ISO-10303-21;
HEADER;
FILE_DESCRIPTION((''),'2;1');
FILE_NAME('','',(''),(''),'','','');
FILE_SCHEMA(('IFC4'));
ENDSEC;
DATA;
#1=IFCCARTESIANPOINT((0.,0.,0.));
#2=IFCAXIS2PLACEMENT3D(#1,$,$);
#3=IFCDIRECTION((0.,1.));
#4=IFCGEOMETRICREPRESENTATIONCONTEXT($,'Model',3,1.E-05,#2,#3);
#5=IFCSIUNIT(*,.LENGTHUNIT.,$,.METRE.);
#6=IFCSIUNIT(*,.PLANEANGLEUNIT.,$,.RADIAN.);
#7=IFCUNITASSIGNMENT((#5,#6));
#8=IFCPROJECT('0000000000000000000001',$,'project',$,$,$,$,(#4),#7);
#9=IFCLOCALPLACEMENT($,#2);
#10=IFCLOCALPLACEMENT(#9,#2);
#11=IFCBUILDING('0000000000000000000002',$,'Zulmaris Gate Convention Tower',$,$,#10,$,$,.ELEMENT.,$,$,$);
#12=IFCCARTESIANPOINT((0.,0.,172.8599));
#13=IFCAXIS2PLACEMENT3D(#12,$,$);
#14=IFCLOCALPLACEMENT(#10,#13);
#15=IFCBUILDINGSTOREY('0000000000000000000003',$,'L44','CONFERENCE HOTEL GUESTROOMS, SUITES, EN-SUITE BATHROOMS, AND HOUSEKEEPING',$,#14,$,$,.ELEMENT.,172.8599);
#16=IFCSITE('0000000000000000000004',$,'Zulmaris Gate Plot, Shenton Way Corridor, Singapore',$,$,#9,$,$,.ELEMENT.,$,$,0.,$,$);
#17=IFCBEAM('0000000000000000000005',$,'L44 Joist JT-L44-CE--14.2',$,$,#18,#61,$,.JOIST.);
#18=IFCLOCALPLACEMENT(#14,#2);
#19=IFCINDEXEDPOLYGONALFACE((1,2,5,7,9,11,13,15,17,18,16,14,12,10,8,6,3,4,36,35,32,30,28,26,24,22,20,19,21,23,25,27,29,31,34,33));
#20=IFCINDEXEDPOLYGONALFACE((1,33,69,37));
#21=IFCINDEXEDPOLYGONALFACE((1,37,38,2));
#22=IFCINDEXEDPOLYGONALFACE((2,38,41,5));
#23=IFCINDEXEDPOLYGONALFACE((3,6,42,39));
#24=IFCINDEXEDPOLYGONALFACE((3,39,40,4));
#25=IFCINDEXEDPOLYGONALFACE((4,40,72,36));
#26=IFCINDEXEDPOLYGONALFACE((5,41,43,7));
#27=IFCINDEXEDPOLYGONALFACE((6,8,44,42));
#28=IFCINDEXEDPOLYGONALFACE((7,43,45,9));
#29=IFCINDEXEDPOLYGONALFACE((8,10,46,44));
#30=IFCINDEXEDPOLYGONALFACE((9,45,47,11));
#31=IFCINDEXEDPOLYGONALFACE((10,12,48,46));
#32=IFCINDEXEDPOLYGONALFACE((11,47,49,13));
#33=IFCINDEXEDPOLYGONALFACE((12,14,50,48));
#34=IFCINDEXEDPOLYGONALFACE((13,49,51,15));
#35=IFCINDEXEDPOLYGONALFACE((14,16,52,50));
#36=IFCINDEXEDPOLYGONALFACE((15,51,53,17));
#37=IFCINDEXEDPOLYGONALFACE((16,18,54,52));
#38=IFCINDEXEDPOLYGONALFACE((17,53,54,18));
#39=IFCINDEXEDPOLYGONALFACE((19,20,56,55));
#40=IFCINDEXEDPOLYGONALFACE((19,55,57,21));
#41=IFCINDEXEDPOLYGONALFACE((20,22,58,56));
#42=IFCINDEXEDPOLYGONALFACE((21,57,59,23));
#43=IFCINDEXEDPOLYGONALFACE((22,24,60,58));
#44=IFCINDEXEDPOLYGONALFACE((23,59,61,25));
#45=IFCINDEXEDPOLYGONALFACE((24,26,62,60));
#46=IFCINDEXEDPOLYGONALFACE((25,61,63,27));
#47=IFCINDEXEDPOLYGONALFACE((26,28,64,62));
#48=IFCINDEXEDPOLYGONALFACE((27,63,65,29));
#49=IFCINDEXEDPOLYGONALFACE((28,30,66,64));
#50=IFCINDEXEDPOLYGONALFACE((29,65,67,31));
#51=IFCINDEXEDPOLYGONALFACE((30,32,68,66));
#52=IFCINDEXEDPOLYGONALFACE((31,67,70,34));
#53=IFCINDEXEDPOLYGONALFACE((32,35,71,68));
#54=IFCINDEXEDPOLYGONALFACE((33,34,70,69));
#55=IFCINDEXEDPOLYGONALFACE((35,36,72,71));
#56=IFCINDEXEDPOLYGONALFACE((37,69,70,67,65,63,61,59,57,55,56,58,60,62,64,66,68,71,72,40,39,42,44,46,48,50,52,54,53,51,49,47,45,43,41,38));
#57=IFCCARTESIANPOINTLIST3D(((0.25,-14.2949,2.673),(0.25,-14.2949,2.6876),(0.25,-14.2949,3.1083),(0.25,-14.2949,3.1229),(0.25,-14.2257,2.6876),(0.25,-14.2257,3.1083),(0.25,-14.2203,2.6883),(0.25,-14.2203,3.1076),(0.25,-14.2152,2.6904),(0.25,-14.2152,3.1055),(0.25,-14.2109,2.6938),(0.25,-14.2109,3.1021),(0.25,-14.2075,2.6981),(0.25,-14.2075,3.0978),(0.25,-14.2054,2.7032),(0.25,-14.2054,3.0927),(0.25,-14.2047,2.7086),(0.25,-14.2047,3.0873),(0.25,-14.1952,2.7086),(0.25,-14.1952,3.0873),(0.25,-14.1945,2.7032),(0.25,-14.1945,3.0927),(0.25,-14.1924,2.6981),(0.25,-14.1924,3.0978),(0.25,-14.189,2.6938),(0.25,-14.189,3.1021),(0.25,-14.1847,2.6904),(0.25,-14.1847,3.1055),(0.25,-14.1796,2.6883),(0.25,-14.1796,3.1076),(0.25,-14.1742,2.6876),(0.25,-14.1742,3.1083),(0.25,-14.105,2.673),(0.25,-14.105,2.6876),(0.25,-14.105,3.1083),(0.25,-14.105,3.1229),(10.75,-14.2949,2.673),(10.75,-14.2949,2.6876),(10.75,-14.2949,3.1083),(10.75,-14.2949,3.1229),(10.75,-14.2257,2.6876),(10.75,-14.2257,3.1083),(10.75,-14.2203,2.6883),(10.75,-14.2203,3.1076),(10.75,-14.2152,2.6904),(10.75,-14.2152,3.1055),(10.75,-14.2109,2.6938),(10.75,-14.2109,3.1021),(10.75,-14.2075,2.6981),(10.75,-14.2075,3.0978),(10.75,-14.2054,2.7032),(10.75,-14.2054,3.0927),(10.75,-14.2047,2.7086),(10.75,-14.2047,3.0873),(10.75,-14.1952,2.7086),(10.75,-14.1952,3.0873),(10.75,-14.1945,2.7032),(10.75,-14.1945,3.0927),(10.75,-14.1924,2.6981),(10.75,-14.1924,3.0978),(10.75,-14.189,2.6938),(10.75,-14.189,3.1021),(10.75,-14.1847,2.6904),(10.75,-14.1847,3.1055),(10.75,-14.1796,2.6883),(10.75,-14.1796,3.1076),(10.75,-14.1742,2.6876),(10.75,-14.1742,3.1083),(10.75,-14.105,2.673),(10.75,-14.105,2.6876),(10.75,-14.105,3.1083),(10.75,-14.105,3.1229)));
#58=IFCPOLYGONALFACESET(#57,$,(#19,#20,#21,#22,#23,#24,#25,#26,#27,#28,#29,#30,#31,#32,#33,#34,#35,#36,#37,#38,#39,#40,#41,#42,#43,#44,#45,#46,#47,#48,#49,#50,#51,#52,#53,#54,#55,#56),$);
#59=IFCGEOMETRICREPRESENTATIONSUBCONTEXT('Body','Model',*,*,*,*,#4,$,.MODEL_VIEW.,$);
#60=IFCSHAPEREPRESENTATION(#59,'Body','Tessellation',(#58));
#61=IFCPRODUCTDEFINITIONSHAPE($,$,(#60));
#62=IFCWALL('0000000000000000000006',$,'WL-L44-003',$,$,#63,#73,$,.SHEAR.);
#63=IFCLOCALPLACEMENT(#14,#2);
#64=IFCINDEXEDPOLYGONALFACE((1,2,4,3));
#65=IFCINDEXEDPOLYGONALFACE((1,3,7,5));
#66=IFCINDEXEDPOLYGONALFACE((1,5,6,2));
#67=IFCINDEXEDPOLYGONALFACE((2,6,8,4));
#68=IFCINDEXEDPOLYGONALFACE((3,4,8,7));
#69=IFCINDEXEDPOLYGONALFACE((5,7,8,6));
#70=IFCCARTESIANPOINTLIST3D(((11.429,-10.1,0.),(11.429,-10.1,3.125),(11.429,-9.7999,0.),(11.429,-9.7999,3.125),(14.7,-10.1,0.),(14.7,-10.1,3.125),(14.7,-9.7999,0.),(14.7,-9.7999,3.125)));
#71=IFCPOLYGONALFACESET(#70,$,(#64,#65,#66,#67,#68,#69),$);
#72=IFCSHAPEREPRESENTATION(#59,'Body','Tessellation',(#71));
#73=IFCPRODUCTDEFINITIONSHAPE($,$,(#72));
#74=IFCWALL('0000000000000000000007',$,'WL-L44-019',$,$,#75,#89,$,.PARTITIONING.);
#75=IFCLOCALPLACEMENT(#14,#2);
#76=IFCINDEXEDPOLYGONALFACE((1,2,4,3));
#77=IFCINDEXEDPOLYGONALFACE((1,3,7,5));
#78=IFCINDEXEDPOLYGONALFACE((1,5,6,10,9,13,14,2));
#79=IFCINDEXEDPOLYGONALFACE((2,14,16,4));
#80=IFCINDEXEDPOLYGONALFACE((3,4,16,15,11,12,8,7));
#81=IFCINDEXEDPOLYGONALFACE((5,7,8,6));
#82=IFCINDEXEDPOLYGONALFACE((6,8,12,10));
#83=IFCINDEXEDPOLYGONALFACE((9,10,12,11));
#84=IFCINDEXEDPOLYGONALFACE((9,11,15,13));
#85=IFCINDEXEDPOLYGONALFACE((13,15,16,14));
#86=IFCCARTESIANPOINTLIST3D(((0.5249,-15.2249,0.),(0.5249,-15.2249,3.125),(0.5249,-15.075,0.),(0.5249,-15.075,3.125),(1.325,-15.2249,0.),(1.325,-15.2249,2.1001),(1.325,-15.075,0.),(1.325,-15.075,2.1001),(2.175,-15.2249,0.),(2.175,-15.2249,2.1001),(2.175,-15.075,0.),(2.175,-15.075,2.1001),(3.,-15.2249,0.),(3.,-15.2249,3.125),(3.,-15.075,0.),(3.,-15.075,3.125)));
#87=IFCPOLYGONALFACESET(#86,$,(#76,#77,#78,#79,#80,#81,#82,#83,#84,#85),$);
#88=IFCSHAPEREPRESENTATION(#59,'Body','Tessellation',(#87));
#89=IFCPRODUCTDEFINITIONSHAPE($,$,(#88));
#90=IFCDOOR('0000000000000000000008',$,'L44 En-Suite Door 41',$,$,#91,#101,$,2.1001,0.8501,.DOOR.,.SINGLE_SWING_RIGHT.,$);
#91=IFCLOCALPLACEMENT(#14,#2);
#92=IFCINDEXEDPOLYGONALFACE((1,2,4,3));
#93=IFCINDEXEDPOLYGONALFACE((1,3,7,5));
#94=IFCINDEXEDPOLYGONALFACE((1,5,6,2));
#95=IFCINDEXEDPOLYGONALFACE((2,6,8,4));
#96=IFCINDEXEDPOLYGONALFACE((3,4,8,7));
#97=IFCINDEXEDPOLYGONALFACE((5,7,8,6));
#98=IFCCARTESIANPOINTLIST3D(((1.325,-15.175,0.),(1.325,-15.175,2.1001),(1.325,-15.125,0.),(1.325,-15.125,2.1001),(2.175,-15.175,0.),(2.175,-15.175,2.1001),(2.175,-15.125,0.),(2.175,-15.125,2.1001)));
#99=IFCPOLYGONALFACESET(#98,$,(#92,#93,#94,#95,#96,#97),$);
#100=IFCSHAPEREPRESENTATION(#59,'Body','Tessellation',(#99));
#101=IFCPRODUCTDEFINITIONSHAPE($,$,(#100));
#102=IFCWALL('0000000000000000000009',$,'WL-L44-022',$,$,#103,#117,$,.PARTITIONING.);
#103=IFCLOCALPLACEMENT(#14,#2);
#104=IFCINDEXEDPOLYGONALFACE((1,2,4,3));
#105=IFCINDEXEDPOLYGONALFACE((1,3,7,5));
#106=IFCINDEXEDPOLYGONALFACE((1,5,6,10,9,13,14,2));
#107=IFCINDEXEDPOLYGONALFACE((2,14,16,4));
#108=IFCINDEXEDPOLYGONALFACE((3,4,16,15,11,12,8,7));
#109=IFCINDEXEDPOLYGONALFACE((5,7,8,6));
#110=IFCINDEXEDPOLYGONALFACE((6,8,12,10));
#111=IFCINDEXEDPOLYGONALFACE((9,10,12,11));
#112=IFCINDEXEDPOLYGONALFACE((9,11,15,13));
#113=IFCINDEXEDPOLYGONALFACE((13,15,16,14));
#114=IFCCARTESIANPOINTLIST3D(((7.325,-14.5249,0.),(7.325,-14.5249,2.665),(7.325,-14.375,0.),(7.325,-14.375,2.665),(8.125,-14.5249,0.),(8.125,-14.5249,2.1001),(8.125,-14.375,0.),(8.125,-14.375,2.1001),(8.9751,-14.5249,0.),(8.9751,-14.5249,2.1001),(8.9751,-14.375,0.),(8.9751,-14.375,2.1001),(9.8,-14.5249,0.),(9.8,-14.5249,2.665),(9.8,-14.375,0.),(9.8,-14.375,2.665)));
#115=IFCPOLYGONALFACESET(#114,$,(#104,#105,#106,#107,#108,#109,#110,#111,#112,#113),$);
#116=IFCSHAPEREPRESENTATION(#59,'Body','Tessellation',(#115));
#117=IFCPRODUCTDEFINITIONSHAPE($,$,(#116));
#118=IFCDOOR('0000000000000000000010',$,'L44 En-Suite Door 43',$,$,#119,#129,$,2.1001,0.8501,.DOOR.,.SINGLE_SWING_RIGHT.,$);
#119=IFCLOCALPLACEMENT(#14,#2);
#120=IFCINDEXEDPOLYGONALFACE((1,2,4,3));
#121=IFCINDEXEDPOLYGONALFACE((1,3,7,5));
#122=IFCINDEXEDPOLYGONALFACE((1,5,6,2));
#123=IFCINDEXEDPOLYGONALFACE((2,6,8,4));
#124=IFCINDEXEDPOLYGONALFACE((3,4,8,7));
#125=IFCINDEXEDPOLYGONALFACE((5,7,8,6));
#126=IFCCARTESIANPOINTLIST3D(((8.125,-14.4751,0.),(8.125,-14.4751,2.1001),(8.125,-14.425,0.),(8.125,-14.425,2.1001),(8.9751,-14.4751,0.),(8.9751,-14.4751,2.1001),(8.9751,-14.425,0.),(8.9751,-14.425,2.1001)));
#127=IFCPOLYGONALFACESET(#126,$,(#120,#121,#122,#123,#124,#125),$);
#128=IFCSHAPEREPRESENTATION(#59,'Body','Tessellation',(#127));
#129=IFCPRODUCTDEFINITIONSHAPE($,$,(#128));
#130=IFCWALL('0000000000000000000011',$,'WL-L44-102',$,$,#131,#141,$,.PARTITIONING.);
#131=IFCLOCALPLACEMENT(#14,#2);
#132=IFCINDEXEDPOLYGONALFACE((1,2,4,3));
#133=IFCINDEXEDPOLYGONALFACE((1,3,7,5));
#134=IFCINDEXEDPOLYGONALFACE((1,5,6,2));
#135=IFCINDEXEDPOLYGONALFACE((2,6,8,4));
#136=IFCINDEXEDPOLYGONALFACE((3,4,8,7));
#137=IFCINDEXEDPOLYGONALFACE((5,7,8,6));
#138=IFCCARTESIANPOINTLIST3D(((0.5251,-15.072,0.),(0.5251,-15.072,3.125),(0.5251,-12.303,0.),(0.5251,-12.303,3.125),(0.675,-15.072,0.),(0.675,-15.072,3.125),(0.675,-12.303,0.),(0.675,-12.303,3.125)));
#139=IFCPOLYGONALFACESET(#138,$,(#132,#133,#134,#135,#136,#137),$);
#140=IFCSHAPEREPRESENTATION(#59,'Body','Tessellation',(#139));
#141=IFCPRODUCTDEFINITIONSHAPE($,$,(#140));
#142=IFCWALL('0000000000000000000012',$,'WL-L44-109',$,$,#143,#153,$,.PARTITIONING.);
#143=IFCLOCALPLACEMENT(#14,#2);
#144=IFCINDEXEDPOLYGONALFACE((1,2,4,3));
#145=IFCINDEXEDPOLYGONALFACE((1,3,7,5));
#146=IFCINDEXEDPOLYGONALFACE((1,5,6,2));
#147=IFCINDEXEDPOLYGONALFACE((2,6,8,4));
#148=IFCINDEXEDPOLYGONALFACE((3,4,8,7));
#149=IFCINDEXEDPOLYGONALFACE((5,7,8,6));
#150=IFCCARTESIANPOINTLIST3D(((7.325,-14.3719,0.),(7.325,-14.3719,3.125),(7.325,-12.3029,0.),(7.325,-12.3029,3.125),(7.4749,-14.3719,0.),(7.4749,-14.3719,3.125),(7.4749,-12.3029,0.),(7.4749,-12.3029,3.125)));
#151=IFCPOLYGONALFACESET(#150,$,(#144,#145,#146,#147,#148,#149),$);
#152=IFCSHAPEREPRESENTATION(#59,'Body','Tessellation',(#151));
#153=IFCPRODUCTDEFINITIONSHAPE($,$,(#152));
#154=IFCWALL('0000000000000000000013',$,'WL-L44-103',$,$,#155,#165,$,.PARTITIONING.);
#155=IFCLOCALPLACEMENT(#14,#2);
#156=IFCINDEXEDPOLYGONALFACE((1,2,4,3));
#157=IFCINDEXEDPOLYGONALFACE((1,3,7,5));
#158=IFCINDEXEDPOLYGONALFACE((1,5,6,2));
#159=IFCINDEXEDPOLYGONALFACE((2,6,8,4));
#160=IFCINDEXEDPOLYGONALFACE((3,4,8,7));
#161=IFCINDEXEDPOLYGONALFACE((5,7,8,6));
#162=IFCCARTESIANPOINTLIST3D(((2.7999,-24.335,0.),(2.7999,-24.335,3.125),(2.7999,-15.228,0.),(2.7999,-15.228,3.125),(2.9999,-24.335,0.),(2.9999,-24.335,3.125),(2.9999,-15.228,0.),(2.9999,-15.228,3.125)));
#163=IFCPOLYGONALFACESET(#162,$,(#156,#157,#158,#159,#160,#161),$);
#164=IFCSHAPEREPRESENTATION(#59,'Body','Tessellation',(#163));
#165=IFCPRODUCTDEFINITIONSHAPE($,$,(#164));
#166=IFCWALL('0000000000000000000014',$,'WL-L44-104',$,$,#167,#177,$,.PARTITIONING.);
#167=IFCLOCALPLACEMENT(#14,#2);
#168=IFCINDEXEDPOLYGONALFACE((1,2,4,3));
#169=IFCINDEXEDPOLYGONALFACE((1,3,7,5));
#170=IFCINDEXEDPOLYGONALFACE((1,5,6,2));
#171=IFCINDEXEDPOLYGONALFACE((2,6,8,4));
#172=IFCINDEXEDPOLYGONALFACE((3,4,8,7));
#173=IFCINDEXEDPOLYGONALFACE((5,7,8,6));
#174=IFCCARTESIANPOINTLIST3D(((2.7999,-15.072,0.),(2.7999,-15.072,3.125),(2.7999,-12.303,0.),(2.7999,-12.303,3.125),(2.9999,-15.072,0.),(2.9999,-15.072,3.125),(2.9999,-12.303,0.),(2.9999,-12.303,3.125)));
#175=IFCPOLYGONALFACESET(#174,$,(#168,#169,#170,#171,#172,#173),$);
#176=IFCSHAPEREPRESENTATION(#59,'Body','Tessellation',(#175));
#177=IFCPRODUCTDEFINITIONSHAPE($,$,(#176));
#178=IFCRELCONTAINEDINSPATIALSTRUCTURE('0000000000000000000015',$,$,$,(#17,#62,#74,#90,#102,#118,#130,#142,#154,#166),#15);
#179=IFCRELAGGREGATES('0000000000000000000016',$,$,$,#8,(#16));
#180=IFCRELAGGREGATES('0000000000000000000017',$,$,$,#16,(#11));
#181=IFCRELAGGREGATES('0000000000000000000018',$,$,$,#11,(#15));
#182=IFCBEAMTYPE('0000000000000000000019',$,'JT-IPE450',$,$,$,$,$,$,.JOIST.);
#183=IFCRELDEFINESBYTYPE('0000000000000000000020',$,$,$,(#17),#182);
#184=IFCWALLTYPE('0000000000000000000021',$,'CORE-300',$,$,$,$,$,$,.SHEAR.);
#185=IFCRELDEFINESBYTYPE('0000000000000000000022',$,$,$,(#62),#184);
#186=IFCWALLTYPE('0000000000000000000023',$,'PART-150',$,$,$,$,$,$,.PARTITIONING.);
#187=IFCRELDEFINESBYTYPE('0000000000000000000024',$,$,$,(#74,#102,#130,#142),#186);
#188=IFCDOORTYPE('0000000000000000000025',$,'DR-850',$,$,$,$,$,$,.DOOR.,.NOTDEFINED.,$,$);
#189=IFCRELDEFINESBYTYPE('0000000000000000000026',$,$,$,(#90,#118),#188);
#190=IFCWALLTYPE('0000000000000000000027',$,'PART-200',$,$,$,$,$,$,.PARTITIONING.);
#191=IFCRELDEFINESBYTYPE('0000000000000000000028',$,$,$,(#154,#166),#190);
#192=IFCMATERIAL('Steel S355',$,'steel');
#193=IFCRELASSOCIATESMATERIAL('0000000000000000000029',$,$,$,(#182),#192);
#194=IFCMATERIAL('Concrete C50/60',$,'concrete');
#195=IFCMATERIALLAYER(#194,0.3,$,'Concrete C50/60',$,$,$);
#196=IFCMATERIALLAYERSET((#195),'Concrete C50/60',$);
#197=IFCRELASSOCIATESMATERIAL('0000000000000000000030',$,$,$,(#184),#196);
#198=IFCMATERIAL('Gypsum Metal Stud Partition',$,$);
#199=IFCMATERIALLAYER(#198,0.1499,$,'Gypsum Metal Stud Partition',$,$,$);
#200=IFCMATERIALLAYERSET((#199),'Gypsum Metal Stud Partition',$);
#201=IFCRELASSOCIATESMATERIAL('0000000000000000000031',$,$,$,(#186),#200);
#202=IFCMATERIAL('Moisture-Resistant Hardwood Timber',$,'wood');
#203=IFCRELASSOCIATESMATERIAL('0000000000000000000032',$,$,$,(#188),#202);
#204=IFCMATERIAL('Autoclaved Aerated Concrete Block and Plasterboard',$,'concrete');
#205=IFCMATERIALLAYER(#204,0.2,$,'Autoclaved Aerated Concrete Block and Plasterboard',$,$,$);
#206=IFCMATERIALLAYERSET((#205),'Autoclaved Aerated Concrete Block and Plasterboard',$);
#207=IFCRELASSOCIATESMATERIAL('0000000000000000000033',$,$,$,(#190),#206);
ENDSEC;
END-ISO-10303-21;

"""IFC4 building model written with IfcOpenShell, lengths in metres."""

from ifc_helpers import new_model, si_unit, direction, frame, frame_2d, origin, origin_2d, place, context, subcontext, project, spatial, rectangle, i_section, extrude, material, layer, layer_set, material_profile, profile_set, type_object, element, fill, save


model = new_model("IFC4")

# Units and contexts
model_context = context("Model", 3, precision=1e-05, world=origin(), true_north=direction((0.0, 1.0)))
body_context = subcontext(model_context, "Body", "Model", "MODEL_VIEW")
ifc_project = project(units=[si_unit("LENGTHUNIT", "METRE"), si_unit("PLANEANGLEUNIT", "RADIAN")], contexts=[model_context])

# Site, building, storey
site_placement = place(None, origin())
site = spatial("IfcSite", under=ifc_project, at=site_placement, Name="Zulmaris Gate Plot, Shenton Way Corridor, Singapore", CompositionType="ELEMENT", RefElevation=0.0)
building_placement = place(site_placement, origin())
building = spatial("IfcBuilding", under=site, at=building_placement, Name="Zulmaris Gate Convention Tower", CompositionType="ELEMENT")
storey_placement = place(building_placement, frame((0.0, 0.0, 172.8599)))
storey = spatial("IfcBuildingStorey", under=building, at=storey_placement, Name="L44", Description="CONFERENCE HOTEL GUESTROOMS, SUITES, EN-SUITE BATHROOMS, AND HOUSEKEEPING", CompositionType="ELEMENT", Elevation=172.8599)

# Beam
ifc_material_1 = material(Name="Steel S355", Category="steel")
ifc_material_2 = material(Name="Concrete C50/60", Category="concrete")
ifc_material_profile_1 = material_profile(ifc_material_1, i_section(OverallWidth=0.1899, OverallDepth=0.45, WebThickness=0.0095, FlangeThickness=0.0146, FilletRadius=0.021, at=origin_2d()), Name="IPE 450")
ifc_profile_set_1 = profile_set([ifc_material_profile_1], Name="Steel S355")
beam_type_1 = type_object("IfcBeamType", Name="JT-IPE450", PredefinedType="JOIST", material=ifc_profile_set_1)
for number, where, z_axis, x_axis, name in (
    (1, (0.25, -14.2, 2.8979), (1.0, 0.0, 0.0), (0.0, 1.0, 0.0), "L44 Joist JT-L44-CE--14.2"),
):
    element("IfcBeam", number, at=place(storey_placement, frame(where, z_axis=z_axis, x_axis=x_axis)), inside=storey, type_object=beam_type_1, Name=name, PredefinedType="JOIST", context=body_context, shape_type="SweptSolid", body=[
        extrude(i_section(OverallWidth=0.1899, OverallDepth=0.45, WebThickness=0.0095, FlangeThickness=0.0146, FilletRadius=0.021, at=origin_2d()), origin(), (0.0, 0.0, 1.0), 10.5),
    ])

# Wall
ifc_layer_1 = layer(ifc_material_2, 0.3, Name="Concrete C50/60")
ifc_layer_set_1 = layer_set([ifc_layer_1], Name="Concrete C50/60")
wall_type_1 = type_object("IfcWallType", Name="CORE-300", PredefinedType="SHEAR", material=ifc_layer_set_1)
wall_1_placement = place(storey_placement, frame((11.429, -9.95, 0.0), z_axis=(0.0, 0.0, 1.0), x_axis=(1.0, 0.0, 0.0)))
element("IfcWall", 2, at=wall_1_placement, inside=storey, type_object=wall_type_1, Name="WL-L44-003", PredefinedType="SHEAR", context=body_context, shape_type="SweptSolid", body=[
    extrude(rectangle(XDim=3.271, YDim=0.3, at=frame_2d((1.6355, 0.0))), origin(), (0.0, 0.0, 1.0), 3.125),
])

# Walls, openings, doors
ifc_material_3 = material(Name="Gypsum Metal Stud Partition")
ifc_layer_2 = layer(ifc_material_3, 0.1499, Name="Gypsum Metal Stud Partition")
ifc_layer_set_2 = layer_set([ifc_layer_2], Name="Gypsum Metal Stud Partition")
wall_type_2 = type_object("IfcWallType", Name="PART-150", PredefinedType="PARTITIONING", material=ifc_layer_set_2)
wall_2_placement = place(storey_placement, frame((0.5249, -15.1499, 0.0), z_axis=(0.0, 0.0, 1.0), x_axis=(1.0, 0.0, 0.0)))
wall_2 = element("IfcWall", 3, at=wall_2_placement, inside=storey, type_object=wall_type_2, Name="WL-L44-019", PredefinedType="PARTITIONING", context=body_context, shape_type="SweptSolid", body=[
    extrude(rectangle(XDim=2.4751, YDim=0.1499, at=frame_2d((1.2375, 0.0))), origin(), (0.0, 0.0, 1.0), 3.125),
])
opening_1_placement = place(wall_2_placement, frame((0.8, 0.0, 0.0)))
opening_1 = element("IfcOpeningElement", 4, at=opening_1_placement, cuts=wall_2, PredefinedType="OPENING", context=body_context, shape_type="SweptSolid", body=[
    extrude(rectangle(XDim=0.8501, YDim=2.1001, at=frame_2d((0.425, 1.05))), frame((0.0, 0.085, 0.0), z_axis=(0.0, -1.0, 0.0), x_axis=(1.0, 0.0, 0.0)), (0.0, 0.0, 1.0), 0.1699),
])
ifc_material_4 = material(Name="Moisture-Resistant Hardwood Timber", Category="wood")
door_type = type_object("IfcDoorType", Name="DR-850", OperationType="NOTDEFINED", PredefinedType="DOOR", material=ifc_material_4)
door_1_placement = place(opening_1_placement, origin())
door_1 = element("IfcDoor", 5, at=door_1_placement, inside=storey, type_object=door_type, Name="L44 En-Suite Door 41", OperationType="SINGLE_SWING_RIGHT", OverallHeight=2.1001, OverallWidth=0.8501, PredefinedType="DOOR", context=body_context, shape_type="SweptSolid", body=[
    extrude(rectangle(XDim=0.8501, YDim=2.1001, at=frame_2d((0.425, 1.05))), frame((0.0, 0.0249, 0.0), z_axis=(0.0, -1.0, 0.0), x_axis=(1.0, 0.0, 0.0)), (0.0, 0.0, 1.0), 0.05),
])
fill(opening_1, door_1)
wall_3_placement = place(storey_placement, frame((7.325, -14.45, 0.0), z_axis=(0.0, 0.0, 1.0), x_axis=(1.0, 0.0, 0.0)))
wall_3 = element("IfcWall", 6, at=wall_3_placement, inside=storey, type_object=wall_type_2, Name="WL-L44-022", PredefinedType="PARTITIONING", context=body_context, shape_type="SweptSolid", body=[
    extrude(rectangle(XDim=2.4751, YDim=0.1499, at=frame_2d((1.2375, 0.0))), origin(), (0.0, 0.0, 1.0), 2.665),
])
opening_2_placement = place(wall_3_placement, frame((0.8, 0.0, 0.0)))
opening_2 = element("IfcOpeningElement", 7, at=opening_2_placement, cuts=wall_3, PredefinedType="OPENING", context=body_context, shape_type="SweptSolid", body=[
    extrude(rectangle(XDim=0.8501, YDim=2.1001, at=frame_2d((0.425, 1.05))), frame((0.0, 0.085, 0.0), z_axis=(0.0, -1.0, 0.0), x_axis=(1.0, 0.0, 0.0)), (0.0, 0.0, 1.0), 0.1699),
])
door_2_placement = place(opening_2_placement, origin())
door_2 = element("IfcDoor", 8, at=door_2_placement, inside=storey, type_object=door_type, Name="L44 En-Suite Door 43", OperationType="SINGLE_SWING_RIGHT", OverallHeight=2.1001, OverallWidth=0.8501, PredefinedType="DOOR", context=body_context, shape_type="SweptSolid", body=[
    extrude(rectangle(XDim=0.8501, YDim=2.1001, at=frame_2d((0.425, 1.05))), frame((0.0, 0.0249, 0.0), z_axis=(0.0, -1.0, 0.0), x_axis=(1.0, 0.0, 0.0)), (0.0, 0.0, 1.0), 0.05),
])
fill(opening_2, door_2)

# Walls
wall_4_placement = place(storey_placement, frame((0.6001, -15.072, 0.0), z_axis=(0.0, 0.0, 1.0), x_axis=(0.0, 1.0, 0.0)))
element("IfcWall", 9, at=wall_4_placement, inside=storey, type_object=wall_type_2, Name="WL-L44-102", PredefinedType="PARTITIONING", context=body_context, shape_type="SweptSolid", body=[
    extrude(rectangle(XDim=2.769, YDim=0.1499, at=frame_2d((1.3845, 0.0))), origin(), (0.0, 0.0, 1.0), 3.125),
])
wall_5_placement = place(storey_placement, frame((7.3999, -14.3721, 0.0), z_axis=(0.0, 0.0, 1.0), x_axis=(0.0, 1.0, 0.0)))
element("IfcWall", 10, at=wall_5_placement, inside=storey, type_object=wall_type_2, Name="WL-L44-109", PredefinedType="PARTITIONING", context=body_context, shape_type="SweptSolid", body=[
    extrude(rectangle(XDim=2.0691, YDim=0.1499, at=frame_2d((1.0347, 0.0))), origin(), (0.0, 0.0, 1.0), 3.125),
])
ifc_material_5 = material(Name="Autoclaved Aerated Concrete Block and Plasterboard", Category="concrete")
ifc_layer_3 = layer(ifc_material_5, 0.2, Name="Autoclaved Aerated Concrete Block and Plasterboard")
ifc_layer_set_3 = layer_set([ifc_layer_3], Name="Autoclaved Aerated Concrete Block and Plasterboard")
wall_type_3 = type_object("IfcWallType", Name="PART-200", PredefinedType="PARTITIONING", material=ifc_layer_set_3)
wall_6_placement = place(storey_placement, frame((2.8999, -24.335, 0.0), z_axis=(0.0, 0.0, 1.0), x_axis=(0.0, 1.0, 0.0)))
element("IfcWall", 11, at=wall_6_placement, inside=storey, type_object=wall_type_3, Name="WL-L44-103", PredefinedType="PARTITIONING", context=body_context, shape_type="SweptSolid", body=[
    extrude(rectangle(XDim=9.1069, YDim=0.2, at=frame_2d((4.5535, 0.0))), origin(), (0.0, 0.0, 1.0), 3.125),
])
wall_7_placement = place(storey_placement, frame((2.8999, -15.072, 0.0), z_axis=(0.0, 0.0, 1.0), x_axis=(0.0, 1.0, 0.0)))
element("IfcWall", 12, at=wall_7_placement, inside=storey, type_object=wall_type_3, Name="WL-L44-104", PredefinedType="PARTITIONING", context=body_context, shape_type="SweptSolid", body=[
    extrude(rectangle(XDim=2.769, YDim=0.2, at=frame_2d((1.3845, 0.0))), origin(), (0.0, 0.0, 1.0), 3.125),
])

save(model, "model.ifc")
